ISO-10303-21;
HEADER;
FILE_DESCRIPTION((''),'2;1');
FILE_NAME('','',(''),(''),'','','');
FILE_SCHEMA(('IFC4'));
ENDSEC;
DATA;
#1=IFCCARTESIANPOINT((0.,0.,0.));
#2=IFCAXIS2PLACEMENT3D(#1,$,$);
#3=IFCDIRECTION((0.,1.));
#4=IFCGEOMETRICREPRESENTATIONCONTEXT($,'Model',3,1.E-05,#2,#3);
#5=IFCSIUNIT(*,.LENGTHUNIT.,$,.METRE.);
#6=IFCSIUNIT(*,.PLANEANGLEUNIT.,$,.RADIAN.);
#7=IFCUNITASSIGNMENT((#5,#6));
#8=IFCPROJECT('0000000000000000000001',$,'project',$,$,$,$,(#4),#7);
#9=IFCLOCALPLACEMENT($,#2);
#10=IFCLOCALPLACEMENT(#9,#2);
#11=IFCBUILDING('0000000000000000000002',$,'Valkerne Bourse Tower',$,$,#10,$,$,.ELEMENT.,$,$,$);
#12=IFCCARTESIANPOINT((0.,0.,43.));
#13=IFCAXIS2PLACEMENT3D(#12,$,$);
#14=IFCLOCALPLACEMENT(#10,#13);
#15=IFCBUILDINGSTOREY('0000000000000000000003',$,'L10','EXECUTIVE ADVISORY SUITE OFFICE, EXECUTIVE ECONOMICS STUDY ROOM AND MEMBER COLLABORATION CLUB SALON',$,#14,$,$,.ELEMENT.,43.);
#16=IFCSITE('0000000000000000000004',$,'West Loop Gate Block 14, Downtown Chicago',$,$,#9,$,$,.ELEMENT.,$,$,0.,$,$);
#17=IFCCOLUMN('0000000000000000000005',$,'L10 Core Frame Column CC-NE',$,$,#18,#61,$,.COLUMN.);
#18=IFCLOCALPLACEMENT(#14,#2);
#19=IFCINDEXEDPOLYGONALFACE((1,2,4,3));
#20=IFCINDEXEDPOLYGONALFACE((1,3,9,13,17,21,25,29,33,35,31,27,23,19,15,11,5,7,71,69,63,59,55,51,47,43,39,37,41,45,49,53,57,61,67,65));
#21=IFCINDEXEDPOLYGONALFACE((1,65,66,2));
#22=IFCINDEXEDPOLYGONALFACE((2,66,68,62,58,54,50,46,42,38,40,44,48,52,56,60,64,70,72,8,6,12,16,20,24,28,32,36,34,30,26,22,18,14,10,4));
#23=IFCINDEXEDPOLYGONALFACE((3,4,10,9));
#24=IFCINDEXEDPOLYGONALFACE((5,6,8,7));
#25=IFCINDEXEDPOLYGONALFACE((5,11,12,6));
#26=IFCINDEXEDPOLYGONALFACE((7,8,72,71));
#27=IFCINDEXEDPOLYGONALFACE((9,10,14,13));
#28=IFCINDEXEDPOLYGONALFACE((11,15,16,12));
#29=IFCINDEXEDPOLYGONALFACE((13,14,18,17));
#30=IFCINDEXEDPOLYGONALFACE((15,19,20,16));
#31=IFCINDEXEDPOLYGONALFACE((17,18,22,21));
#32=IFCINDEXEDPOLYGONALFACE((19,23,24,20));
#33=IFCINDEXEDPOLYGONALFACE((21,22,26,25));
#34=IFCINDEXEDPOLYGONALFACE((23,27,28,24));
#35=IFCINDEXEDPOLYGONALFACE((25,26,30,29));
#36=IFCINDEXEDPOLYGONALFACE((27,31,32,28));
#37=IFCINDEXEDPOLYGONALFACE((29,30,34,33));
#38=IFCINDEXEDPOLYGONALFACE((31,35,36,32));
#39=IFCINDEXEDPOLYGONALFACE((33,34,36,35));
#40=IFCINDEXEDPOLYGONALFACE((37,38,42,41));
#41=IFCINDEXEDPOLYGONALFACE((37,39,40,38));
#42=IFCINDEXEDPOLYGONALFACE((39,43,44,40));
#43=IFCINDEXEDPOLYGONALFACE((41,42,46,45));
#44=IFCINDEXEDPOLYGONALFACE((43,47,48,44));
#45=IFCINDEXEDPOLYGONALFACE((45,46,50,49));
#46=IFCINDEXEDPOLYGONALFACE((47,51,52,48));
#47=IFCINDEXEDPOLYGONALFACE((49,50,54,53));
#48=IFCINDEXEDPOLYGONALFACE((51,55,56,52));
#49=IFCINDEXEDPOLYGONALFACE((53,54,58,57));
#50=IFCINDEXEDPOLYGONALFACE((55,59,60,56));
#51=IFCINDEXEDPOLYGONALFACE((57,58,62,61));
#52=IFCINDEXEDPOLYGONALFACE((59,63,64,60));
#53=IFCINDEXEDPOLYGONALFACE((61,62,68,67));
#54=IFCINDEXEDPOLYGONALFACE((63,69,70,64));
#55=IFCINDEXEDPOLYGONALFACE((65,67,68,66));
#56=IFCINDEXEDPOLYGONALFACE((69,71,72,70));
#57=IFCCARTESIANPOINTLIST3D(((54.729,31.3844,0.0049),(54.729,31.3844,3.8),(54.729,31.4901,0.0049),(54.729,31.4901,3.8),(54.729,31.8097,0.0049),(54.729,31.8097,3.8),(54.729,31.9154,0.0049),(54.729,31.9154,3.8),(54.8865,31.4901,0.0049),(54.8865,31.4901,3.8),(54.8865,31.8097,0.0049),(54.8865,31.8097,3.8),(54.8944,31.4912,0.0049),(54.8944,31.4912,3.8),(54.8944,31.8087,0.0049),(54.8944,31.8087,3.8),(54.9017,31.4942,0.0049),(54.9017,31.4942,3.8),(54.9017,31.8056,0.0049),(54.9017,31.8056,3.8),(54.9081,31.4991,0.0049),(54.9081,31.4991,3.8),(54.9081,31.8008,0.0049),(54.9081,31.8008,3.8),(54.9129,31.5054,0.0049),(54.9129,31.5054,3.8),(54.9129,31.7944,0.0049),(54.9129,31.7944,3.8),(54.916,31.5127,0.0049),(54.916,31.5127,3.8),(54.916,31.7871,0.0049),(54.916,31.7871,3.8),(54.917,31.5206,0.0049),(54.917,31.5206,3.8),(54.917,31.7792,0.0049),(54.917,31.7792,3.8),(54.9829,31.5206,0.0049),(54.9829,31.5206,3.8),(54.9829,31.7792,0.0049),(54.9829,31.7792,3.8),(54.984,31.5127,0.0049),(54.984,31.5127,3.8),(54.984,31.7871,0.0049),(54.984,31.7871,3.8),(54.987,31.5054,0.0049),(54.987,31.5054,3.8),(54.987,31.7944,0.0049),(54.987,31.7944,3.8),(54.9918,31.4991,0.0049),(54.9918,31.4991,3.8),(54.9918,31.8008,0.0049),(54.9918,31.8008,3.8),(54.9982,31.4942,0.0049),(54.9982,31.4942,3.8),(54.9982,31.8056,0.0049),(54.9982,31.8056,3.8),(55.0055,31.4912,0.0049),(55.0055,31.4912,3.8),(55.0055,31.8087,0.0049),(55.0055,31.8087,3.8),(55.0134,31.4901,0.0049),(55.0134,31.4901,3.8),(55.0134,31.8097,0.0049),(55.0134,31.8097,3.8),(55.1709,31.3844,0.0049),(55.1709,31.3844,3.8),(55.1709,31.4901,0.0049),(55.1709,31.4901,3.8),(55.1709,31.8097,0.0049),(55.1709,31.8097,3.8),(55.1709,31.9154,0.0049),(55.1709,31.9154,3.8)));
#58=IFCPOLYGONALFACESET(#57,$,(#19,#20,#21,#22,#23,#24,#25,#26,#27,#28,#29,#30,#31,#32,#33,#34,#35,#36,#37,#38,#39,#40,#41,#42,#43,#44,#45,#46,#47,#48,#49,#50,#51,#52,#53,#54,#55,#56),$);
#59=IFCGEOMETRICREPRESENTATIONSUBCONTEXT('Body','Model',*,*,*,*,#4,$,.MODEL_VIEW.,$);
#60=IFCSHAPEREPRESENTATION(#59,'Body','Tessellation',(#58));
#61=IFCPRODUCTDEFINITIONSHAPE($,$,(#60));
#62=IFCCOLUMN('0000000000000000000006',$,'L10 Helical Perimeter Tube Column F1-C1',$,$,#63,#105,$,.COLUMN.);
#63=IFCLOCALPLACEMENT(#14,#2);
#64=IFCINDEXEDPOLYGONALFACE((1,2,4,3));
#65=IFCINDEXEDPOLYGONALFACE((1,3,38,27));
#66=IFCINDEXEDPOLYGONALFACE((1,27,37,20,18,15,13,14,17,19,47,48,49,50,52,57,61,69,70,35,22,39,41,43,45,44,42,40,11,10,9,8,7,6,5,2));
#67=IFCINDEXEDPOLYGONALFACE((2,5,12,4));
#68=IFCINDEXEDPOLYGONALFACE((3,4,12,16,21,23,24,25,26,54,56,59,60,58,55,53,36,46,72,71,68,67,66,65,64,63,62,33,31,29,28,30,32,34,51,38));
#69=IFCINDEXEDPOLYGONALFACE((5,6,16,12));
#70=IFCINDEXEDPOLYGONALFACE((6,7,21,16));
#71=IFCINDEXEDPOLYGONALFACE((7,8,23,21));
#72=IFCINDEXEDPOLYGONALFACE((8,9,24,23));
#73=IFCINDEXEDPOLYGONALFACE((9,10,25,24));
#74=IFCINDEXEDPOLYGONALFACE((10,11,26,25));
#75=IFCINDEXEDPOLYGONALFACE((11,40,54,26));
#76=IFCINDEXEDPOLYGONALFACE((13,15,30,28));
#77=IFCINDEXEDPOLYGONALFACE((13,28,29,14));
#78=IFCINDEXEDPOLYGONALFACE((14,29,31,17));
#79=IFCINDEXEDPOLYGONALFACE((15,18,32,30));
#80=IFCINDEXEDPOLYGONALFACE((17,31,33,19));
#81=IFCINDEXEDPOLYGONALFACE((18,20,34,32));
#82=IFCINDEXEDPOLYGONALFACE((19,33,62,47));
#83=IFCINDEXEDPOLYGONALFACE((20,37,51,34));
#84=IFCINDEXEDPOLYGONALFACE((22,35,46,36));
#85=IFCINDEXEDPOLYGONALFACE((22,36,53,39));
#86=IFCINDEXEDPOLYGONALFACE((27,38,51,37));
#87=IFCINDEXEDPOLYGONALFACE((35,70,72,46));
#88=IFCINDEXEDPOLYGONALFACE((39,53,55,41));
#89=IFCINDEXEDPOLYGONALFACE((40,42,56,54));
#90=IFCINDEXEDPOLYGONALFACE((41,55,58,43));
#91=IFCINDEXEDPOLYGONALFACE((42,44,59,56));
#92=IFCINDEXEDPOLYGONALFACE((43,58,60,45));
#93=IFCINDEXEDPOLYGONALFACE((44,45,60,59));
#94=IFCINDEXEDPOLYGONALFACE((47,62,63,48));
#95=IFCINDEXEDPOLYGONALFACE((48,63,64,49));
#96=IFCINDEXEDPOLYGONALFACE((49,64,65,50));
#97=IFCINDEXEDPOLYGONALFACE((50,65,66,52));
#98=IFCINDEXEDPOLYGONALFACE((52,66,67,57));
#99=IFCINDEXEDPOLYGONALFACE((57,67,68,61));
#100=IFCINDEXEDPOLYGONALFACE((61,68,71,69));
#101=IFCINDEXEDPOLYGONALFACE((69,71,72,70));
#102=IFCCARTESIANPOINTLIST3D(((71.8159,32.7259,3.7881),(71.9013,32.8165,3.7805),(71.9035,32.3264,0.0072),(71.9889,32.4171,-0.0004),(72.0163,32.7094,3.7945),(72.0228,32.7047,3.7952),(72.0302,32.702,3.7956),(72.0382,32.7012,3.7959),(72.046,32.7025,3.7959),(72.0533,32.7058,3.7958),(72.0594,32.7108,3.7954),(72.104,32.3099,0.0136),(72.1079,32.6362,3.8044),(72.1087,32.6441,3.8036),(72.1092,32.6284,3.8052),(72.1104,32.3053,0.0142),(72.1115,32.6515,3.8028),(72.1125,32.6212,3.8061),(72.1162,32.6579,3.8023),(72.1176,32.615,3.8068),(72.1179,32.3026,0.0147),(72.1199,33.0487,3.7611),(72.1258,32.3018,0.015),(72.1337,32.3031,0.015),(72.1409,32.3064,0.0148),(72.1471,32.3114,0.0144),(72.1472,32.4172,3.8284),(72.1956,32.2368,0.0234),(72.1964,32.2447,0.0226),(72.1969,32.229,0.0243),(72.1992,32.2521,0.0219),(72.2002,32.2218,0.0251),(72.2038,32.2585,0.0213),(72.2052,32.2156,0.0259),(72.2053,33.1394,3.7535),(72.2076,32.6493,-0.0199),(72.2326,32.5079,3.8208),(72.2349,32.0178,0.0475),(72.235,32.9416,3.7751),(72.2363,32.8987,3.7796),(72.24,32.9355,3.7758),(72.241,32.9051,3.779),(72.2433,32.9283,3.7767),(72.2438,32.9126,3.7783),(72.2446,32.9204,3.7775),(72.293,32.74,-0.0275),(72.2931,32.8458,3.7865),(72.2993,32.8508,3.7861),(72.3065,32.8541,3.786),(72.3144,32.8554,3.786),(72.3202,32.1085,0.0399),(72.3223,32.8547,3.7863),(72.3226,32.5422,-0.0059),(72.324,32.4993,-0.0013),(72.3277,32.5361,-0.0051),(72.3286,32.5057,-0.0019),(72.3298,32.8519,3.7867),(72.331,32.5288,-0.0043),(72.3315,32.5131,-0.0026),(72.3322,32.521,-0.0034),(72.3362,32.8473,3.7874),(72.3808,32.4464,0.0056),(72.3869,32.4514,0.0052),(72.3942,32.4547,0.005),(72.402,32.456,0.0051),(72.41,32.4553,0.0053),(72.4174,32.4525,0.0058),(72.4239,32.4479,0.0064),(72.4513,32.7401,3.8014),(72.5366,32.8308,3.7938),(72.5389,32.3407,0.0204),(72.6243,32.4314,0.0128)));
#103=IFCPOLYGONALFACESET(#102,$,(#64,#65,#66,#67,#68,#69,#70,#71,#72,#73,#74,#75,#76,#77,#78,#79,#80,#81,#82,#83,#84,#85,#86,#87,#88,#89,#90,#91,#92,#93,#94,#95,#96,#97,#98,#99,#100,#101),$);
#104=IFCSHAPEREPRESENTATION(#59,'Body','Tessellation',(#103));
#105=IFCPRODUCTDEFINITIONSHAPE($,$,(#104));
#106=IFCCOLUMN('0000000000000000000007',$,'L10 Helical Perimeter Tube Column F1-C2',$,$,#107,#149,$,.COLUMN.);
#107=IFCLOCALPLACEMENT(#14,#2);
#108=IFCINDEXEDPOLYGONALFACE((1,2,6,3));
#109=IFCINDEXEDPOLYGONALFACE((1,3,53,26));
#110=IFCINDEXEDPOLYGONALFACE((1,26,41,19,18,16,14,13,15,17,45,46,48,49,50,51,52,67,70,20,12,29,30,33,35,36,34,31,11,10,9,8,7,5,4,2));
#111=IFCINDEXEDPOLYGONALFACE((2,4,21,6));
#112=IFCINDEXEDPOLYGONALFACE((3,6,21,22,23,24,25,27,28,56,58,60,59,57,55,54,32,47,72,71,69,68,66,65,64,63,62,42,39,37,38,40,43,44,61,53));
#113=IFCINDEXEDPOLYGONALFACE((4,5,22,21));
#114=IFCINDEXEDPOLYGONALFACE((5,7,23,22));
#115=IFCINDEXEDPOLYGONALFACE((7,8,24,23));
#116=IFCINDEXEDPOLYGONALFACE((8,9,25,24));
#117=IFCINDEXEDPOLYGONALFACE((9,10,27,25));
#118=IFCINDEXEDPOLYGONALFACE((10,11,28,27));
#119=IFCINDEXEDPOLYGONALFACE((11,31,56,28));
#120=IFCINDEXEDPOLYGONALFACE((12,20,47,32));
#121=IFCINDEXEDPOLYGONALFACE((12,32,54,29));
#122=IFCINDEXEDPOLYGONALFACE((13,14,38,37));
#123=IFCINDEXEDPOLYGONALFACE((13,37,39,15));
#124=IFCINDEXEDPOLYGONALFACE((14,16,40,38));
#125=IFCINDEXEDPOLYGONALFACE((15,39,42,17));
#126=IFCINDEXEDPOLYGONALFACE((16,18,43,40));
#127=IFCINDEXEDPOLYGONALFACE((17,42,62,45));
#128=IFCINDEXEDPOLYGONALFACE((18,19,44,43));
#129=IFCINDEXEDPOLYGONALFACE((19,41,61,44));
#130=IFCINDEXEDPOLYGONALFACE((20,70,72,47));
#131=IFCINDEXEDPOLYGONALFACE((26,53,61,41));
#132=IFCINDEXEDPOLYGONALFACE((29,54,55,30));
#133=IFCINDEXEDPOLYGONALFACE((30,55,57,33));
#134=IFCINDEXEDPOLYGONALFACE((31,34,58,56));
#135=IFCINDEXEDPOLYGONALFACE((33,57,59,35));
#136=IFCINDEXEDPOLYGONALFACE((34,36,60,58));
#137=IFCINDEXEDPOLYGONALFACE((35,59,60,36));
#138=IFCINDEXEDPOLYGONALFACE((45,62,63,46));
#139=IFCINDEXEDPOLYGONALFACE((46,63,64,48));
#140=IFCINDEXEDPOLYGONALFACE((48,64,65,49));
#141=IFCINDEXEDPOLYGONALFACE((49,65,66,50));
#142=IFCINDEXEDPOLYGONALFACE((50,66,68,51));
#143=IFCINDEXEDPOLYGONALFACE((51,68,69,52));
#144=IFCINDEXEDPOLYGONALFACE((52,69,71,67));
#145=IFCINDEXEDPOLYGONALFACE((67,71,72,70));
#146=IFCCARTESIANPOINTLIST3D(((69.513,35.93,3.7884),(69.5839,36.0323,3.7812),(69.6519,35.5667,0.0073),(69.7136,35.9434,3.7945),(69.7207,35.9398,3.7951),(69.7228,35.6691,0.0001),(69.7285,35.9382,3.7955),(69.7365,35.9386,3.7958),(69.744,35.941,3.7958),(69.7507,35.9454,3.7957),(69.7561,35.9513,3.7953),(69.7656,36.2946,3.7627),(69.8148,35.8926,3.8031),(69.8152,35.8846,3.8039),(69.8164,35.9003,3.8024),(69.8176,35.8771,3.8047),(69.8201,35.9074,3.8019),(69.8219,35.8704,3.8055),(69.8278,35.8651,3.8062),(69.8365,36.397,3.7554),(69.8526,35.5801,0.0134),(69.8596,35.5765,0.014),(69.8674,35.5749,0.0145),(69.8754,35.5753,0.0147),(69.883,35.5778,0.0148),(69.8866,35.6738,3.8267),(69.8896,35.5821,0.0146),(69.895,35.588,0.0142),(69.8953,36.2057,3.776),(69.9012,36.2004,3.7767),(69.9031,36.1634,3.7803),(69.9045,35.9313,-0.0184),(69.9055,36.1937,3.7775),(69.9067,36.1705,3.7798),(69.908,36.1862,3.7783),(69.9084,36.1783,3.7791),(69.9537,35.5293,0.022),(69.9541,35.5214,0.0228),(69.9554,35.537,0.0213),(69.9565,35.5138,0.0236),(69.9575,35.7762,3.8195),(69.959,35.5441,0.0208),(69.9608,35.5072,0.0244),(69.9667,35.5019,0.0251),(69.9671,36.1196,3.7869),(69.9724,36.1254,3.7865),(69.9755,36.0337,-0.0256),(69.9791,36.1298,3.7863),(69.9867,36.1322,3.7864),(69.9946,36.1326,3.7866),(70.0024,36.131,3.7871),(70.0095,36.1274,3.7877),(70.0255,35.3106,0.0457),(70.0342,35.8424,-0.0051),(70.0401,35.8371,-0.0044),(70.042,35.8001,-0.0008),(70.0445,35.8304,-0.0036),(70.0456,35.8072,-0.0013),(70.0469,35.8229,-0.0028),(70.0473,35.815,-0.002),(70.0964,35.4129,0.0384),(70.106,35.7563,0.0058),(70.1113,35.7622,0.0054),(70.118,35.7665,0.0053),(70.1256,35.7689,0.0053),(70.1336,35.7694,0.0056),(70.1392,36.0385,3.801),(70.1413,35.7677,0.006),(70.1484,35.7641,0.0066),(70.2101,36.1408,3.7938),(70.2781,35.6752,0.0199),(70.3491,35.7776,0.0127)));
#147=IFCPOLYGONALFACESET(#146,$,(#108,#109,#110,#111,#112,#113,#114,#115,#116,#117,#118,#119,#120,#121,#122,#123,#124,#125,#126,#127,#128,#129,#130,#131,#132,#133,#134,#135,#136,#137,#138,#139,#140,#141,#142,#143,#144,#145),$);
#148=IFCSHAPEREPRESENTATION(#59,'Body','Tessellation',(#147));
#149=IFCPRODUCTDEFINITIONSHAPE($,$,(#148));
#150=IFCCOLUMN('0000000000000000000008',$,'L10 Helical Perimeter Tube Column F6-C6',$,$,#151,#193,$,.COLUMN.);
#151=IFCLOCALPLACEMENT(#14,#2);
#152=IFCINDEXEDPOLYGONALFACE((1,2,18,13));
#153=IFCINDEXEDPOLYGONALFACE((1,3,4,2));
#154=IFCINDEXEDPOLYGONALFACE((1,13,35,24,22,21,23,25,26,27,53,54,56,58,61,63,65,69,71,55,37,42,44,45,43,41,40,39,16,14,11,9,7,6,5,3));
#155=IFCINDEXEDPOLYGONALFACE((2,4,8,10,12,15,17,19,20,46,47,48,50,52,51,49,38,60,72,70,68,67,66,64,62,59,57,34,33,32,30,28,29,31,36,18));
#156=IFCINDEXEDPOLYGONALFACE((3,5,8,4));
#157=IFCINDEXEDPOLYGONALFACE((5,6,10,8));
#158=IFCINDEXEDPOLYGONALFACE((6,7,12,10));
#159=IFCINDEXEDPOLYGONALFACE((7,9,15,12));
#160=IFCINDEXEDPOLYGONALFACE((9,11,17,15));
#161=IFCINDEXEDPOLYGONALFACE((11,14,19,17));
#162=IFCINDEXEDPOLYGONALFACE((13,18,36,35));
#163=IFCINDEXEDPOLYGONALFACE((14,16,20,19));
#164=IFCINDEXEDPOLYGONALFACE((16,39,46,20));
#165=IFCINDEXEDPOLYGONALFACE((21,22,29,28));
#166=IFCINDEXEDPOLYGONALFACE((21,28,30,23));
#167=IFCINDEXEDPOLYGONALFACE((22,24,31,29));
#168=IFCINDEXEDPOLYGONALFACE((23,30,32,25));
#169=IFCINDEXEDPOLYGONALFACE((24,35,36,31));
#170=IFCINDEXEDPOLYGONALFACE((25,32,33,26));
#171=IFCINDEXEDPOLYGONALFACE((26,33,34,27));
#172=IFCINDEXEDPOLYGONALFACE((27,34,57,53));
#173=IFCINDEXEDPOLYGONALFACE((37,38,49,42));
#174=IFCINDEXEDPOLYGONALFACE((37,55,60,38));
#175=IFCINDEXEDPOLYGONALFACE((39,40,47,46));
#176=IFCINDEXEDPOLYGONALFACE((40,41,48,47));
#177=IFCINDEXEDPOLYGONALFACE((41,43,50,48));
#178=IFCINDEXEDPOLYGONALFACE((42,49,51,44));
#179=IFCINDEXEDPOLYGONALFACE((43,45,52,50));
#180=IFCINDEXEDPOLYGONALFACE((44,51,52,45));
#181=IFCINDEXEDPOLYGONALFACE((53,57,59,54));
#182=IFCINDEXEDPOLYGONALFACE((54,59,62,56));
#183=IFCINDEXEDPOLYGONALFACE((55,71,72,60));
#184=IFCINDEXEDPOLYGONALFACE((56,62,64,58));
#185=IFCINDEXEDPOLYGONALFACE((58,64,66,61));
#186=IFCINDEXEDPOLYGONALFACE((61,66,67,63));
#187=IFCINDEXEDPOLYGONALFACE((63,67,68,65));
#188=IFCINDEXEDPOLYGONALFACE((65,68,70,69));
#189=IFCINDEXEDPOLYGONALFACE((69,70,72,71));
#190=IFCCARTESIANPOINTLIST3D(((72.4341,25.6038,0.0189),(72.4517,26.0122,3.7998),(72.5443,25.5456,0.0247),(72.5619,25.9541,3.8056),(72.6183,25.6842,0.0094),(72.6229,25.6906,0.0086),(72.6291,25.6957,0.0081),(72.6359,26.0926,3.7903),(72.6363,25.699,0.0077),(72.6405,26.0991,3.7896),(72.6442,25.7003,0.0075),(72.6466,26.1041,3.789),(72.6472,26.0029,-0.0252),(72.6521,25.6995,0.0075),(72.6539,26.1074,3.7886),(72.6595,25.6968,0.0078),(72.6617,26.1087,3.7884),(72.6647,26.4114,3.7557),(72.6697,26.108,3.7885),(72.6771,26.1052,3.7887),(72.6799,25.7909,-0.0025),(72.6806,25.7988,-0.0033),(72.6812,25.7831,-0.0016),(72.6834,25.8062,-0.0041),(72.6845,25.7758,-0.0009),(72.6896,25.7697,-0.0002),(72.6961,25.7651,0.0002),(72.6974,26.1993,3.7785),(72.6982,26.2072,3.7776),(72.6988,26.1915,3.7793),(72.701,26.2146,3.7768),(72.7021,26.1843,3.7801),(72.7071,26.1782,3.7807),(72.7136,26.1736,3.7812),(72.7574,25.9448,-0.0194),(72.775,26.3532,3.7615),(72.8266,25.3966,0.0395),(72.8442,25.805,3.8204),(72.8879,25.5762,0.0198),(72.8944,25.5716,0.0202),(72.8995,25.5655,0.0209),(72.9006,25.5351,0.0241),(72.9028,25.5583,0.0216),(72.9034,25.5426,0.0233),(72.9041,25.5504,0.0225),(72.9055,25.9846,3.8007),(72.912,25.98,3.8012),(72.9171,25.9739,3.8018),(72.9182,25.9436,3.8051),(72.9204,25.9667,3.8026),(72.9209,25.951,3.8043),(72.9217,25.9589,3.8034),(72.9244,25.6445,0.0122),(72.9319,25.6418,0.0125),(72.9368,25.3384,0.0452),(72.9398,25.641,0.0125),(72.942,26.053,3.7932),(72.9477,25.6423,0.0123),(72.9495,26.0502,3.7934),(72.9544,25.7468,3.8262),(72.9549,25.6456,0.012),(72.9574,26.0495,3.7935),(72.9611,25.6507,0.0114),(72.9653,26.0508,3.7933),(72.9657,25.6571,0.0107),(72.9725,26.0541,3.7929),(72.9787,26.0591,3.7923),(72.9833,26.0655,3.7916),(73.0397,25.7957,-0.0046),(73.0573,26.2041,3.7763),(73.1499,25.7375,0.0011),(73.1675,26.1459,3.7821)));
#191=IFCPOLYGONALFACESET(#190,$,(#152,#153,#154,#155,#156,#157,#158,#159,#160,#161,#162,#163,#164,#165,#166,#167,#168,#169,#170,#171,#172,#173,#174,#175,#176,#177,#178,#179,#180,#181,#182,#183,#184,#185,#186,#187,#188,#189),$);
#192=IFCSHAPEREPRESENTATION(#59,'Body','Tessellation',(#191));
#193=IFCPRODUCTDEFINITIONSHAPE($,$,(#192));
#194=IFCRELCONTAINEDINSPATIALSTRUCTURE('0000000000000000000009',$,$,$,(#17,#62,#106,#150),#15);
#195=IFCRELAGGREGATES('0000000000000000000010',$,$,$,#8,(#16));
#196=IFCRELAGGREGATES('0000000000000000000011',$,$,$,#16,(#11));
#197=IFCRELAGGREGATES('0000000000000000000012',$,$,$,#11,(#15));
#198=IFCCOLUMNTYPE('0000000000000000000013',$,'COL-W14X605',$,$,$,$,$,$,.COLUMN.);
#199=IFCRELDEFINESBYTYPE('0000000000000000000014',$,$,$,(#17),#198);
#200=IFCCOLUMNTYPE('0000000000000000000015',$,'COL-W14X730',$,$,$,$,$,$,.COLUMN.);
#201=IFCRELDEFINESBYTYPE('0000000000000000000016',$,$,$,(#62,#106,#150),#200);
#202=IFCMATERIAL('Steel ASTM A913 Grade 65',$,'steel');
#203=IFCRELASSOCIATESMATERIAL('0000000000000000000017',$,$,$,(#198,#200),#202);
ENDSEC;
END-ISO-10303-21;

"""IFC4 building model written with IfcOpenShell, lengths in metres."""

from ifc_helpers import new_model, si_unit, direction, frame, origin, origin_2d, place, context, subcontext, project, spatial, i_section, extrude, material, material_profile, profile_set, type_object, element, save


model = new_model("IFC4")

# Units and contexts
model_context = context("Model", 3, precision=1e-05, world=origin(), true_north=direction((0.0, 1.0)))
body_context = subcontext(model_context, "Body", "Model", "MODEL_VIEW")
ifc_project = project(units=[si_unit("LENGTHUNIT", "METRE"), si_unit("PLANEANGLEUNIT", "RADIAN")], contexts=[model_context])

# Site, building, storey
site_placement = place(None, origin())
site = spatial("IfcSite", under=ifc_project, at=site_placement, Name="West Loop Gate Block 14, Downtown Chicago", CompositionType="ELEMENT", RefElevation=0.0)
building_placement = place(site_placement, origin())
building = spatial("IfcBuilding", under=site, at=building_placement, Name="Valkerne Bourse Tower", CompositionType="ELEMENT")
storey_placement = place(building_placement, frame((0.0, 0.0, 43.0)))
storey = spatial("IfcBuildingStorey", under=building, at=storey_placement, Name="L10", Description="EXECUTIVE ADVISORY SUITE OFFICE, EXECUTIVE ECONOMICS STUDY ROOM AND MEMBER COLLABORATION CLUB SALON", CompositionType="ELEMENT", Elevation=43.0)

# Columns
ifc_material_1 = material(Name="Steel ASTM A913 Grade 65", Category="steel")
ifc_material_profile_1 = material_profile(ifc_material_1, i_section(OverallWidth=0.4419, OverallDepth=0.531, WebThickness=0.0659, FlangeThickness=0.1057, FilletRadius=0.0305, at=origin_2d()), Name="W14X605")
ifc_profile_set_1 = profile_set([ifc_material_profile_1], Name="Steel ASTM A913 Grade 65")
column_type_1 = type_object("IfcColumnType", Name="COL-W14X605", PredefinedType="COLUMN", material=ifc_profile_set_1)
column_1_placement = place(storey_placement, frame((54.95, 31.6499, 0.0049), z_axis=(0.0, 0.0, 1.0), x_axis=(1.0, 0.0, 0.0)))
element("IfcColumn", 1, at=column_1_placement, inside=storey, type_object=column_type_1, Name="L10 Core Frame Column CC-NE", PredefinedType="COLUMN", context=body_context, shape_type="SweptSolid", body=[
    extrude(i_section(OverallWidth=0.4419, OverallDepth=0.531, WebThickness=0.0659, FlangeThickness=0.1057, FilletRadius=0.0305, at=origin_2d()), origin(), (0.0, 0.0, 1.0), 3.7952),
])
ifc_material_profile_2 = material_profile(ifc_material_1, i_section(OverallWidth=0.4546, OverallDepth=0.5691, WebThickness=0.0779, FlangeThickness=0.1248, FilletRadius=0.0305, at=origin_2d()), Name="W14X730")
ifc_profile_set_2 = profile_set([ifc_material_profile_2], Name="Steel ASTM A913 Grade 65")
column_type_2 = type_object("IfcColumnType", Name="COL-W14X730", PredefinedType="COLUMN", material=ifc_profile_set_2)
column_2_placement = place(storey_placement, frame((72.2639, 32.3789, 0.01), z_axis=(-0.023046, 0.105025, 0.994203), x_axis=(0.72886, -0.678904, 0.088613)))
element("IfcColumn", 2, at=column_2_placement, inside=storey, type_object=column_type_2, Name="L10 Helical Perimeter Tube Column F1-C1", PredefinedType="COLUMN", context=body_context, shape_type="SweptSolid", body=[
    extrude(i_section(OverallWidth=0.4546, OverallDepth=0.5691, WebThickness=0.0779, FlangeThickness=0.1248, FilletRadius=0.0305, at=origin_2d()), origin(), (0.0, 0.0, 1.0), 3.803),
])
column_3_placement = place(storey_placement, frame((70.0005, 35.6721, 0.01), z_axis=(-0.036548, 0.095576, 0.994751), x_axis=(0.821854, -0.563423, 0.084329)))
element("IfcColumn", 3, at=column_3_placement, inside=storey, type_object=column_type_2, Name="L10 Helical Perimeter Tube Column F1-C2", PredefinedType="COLUMN", context=body_context, shape_type="SweptSolid", body=[
    extrude(i_section(OverallWidth=0.4546, OverallDepth=0.5691, WebThickness=0.0779, FlangeThickness=0.1248, FilletRadius=0.0305, at=origin_2d()), origin(), (0.0, 0.0, 1.0), 3.801),
])
column_4_placement = place(storey_placement, frame((72.792, 25.6707, 0.01), z_axis=(0.004622, 0.1074, 0.994205), x_axis=(-0.468696, -0.878015, 0.097027)))
element("IfcColumn", 4, at=column_4_placement, inside=storey, type_object=column_type_2, Name="L10 Helical Perimeter Tube Column F6-C6", PredefinedType="COLUMN", context=body_context, shape_type="SweptSolid", body=[
    extrude(i_section(OverallWidth=0.4546, OverallDepth=0.5691, WebThickness=0.0779, FlangeThickness=0.1248, FilletRadius=0.0305, at=origin_2d()), origin(), (0.0, 0.0, 1.0), 3.803),
])

save(model, "model.ifc")
